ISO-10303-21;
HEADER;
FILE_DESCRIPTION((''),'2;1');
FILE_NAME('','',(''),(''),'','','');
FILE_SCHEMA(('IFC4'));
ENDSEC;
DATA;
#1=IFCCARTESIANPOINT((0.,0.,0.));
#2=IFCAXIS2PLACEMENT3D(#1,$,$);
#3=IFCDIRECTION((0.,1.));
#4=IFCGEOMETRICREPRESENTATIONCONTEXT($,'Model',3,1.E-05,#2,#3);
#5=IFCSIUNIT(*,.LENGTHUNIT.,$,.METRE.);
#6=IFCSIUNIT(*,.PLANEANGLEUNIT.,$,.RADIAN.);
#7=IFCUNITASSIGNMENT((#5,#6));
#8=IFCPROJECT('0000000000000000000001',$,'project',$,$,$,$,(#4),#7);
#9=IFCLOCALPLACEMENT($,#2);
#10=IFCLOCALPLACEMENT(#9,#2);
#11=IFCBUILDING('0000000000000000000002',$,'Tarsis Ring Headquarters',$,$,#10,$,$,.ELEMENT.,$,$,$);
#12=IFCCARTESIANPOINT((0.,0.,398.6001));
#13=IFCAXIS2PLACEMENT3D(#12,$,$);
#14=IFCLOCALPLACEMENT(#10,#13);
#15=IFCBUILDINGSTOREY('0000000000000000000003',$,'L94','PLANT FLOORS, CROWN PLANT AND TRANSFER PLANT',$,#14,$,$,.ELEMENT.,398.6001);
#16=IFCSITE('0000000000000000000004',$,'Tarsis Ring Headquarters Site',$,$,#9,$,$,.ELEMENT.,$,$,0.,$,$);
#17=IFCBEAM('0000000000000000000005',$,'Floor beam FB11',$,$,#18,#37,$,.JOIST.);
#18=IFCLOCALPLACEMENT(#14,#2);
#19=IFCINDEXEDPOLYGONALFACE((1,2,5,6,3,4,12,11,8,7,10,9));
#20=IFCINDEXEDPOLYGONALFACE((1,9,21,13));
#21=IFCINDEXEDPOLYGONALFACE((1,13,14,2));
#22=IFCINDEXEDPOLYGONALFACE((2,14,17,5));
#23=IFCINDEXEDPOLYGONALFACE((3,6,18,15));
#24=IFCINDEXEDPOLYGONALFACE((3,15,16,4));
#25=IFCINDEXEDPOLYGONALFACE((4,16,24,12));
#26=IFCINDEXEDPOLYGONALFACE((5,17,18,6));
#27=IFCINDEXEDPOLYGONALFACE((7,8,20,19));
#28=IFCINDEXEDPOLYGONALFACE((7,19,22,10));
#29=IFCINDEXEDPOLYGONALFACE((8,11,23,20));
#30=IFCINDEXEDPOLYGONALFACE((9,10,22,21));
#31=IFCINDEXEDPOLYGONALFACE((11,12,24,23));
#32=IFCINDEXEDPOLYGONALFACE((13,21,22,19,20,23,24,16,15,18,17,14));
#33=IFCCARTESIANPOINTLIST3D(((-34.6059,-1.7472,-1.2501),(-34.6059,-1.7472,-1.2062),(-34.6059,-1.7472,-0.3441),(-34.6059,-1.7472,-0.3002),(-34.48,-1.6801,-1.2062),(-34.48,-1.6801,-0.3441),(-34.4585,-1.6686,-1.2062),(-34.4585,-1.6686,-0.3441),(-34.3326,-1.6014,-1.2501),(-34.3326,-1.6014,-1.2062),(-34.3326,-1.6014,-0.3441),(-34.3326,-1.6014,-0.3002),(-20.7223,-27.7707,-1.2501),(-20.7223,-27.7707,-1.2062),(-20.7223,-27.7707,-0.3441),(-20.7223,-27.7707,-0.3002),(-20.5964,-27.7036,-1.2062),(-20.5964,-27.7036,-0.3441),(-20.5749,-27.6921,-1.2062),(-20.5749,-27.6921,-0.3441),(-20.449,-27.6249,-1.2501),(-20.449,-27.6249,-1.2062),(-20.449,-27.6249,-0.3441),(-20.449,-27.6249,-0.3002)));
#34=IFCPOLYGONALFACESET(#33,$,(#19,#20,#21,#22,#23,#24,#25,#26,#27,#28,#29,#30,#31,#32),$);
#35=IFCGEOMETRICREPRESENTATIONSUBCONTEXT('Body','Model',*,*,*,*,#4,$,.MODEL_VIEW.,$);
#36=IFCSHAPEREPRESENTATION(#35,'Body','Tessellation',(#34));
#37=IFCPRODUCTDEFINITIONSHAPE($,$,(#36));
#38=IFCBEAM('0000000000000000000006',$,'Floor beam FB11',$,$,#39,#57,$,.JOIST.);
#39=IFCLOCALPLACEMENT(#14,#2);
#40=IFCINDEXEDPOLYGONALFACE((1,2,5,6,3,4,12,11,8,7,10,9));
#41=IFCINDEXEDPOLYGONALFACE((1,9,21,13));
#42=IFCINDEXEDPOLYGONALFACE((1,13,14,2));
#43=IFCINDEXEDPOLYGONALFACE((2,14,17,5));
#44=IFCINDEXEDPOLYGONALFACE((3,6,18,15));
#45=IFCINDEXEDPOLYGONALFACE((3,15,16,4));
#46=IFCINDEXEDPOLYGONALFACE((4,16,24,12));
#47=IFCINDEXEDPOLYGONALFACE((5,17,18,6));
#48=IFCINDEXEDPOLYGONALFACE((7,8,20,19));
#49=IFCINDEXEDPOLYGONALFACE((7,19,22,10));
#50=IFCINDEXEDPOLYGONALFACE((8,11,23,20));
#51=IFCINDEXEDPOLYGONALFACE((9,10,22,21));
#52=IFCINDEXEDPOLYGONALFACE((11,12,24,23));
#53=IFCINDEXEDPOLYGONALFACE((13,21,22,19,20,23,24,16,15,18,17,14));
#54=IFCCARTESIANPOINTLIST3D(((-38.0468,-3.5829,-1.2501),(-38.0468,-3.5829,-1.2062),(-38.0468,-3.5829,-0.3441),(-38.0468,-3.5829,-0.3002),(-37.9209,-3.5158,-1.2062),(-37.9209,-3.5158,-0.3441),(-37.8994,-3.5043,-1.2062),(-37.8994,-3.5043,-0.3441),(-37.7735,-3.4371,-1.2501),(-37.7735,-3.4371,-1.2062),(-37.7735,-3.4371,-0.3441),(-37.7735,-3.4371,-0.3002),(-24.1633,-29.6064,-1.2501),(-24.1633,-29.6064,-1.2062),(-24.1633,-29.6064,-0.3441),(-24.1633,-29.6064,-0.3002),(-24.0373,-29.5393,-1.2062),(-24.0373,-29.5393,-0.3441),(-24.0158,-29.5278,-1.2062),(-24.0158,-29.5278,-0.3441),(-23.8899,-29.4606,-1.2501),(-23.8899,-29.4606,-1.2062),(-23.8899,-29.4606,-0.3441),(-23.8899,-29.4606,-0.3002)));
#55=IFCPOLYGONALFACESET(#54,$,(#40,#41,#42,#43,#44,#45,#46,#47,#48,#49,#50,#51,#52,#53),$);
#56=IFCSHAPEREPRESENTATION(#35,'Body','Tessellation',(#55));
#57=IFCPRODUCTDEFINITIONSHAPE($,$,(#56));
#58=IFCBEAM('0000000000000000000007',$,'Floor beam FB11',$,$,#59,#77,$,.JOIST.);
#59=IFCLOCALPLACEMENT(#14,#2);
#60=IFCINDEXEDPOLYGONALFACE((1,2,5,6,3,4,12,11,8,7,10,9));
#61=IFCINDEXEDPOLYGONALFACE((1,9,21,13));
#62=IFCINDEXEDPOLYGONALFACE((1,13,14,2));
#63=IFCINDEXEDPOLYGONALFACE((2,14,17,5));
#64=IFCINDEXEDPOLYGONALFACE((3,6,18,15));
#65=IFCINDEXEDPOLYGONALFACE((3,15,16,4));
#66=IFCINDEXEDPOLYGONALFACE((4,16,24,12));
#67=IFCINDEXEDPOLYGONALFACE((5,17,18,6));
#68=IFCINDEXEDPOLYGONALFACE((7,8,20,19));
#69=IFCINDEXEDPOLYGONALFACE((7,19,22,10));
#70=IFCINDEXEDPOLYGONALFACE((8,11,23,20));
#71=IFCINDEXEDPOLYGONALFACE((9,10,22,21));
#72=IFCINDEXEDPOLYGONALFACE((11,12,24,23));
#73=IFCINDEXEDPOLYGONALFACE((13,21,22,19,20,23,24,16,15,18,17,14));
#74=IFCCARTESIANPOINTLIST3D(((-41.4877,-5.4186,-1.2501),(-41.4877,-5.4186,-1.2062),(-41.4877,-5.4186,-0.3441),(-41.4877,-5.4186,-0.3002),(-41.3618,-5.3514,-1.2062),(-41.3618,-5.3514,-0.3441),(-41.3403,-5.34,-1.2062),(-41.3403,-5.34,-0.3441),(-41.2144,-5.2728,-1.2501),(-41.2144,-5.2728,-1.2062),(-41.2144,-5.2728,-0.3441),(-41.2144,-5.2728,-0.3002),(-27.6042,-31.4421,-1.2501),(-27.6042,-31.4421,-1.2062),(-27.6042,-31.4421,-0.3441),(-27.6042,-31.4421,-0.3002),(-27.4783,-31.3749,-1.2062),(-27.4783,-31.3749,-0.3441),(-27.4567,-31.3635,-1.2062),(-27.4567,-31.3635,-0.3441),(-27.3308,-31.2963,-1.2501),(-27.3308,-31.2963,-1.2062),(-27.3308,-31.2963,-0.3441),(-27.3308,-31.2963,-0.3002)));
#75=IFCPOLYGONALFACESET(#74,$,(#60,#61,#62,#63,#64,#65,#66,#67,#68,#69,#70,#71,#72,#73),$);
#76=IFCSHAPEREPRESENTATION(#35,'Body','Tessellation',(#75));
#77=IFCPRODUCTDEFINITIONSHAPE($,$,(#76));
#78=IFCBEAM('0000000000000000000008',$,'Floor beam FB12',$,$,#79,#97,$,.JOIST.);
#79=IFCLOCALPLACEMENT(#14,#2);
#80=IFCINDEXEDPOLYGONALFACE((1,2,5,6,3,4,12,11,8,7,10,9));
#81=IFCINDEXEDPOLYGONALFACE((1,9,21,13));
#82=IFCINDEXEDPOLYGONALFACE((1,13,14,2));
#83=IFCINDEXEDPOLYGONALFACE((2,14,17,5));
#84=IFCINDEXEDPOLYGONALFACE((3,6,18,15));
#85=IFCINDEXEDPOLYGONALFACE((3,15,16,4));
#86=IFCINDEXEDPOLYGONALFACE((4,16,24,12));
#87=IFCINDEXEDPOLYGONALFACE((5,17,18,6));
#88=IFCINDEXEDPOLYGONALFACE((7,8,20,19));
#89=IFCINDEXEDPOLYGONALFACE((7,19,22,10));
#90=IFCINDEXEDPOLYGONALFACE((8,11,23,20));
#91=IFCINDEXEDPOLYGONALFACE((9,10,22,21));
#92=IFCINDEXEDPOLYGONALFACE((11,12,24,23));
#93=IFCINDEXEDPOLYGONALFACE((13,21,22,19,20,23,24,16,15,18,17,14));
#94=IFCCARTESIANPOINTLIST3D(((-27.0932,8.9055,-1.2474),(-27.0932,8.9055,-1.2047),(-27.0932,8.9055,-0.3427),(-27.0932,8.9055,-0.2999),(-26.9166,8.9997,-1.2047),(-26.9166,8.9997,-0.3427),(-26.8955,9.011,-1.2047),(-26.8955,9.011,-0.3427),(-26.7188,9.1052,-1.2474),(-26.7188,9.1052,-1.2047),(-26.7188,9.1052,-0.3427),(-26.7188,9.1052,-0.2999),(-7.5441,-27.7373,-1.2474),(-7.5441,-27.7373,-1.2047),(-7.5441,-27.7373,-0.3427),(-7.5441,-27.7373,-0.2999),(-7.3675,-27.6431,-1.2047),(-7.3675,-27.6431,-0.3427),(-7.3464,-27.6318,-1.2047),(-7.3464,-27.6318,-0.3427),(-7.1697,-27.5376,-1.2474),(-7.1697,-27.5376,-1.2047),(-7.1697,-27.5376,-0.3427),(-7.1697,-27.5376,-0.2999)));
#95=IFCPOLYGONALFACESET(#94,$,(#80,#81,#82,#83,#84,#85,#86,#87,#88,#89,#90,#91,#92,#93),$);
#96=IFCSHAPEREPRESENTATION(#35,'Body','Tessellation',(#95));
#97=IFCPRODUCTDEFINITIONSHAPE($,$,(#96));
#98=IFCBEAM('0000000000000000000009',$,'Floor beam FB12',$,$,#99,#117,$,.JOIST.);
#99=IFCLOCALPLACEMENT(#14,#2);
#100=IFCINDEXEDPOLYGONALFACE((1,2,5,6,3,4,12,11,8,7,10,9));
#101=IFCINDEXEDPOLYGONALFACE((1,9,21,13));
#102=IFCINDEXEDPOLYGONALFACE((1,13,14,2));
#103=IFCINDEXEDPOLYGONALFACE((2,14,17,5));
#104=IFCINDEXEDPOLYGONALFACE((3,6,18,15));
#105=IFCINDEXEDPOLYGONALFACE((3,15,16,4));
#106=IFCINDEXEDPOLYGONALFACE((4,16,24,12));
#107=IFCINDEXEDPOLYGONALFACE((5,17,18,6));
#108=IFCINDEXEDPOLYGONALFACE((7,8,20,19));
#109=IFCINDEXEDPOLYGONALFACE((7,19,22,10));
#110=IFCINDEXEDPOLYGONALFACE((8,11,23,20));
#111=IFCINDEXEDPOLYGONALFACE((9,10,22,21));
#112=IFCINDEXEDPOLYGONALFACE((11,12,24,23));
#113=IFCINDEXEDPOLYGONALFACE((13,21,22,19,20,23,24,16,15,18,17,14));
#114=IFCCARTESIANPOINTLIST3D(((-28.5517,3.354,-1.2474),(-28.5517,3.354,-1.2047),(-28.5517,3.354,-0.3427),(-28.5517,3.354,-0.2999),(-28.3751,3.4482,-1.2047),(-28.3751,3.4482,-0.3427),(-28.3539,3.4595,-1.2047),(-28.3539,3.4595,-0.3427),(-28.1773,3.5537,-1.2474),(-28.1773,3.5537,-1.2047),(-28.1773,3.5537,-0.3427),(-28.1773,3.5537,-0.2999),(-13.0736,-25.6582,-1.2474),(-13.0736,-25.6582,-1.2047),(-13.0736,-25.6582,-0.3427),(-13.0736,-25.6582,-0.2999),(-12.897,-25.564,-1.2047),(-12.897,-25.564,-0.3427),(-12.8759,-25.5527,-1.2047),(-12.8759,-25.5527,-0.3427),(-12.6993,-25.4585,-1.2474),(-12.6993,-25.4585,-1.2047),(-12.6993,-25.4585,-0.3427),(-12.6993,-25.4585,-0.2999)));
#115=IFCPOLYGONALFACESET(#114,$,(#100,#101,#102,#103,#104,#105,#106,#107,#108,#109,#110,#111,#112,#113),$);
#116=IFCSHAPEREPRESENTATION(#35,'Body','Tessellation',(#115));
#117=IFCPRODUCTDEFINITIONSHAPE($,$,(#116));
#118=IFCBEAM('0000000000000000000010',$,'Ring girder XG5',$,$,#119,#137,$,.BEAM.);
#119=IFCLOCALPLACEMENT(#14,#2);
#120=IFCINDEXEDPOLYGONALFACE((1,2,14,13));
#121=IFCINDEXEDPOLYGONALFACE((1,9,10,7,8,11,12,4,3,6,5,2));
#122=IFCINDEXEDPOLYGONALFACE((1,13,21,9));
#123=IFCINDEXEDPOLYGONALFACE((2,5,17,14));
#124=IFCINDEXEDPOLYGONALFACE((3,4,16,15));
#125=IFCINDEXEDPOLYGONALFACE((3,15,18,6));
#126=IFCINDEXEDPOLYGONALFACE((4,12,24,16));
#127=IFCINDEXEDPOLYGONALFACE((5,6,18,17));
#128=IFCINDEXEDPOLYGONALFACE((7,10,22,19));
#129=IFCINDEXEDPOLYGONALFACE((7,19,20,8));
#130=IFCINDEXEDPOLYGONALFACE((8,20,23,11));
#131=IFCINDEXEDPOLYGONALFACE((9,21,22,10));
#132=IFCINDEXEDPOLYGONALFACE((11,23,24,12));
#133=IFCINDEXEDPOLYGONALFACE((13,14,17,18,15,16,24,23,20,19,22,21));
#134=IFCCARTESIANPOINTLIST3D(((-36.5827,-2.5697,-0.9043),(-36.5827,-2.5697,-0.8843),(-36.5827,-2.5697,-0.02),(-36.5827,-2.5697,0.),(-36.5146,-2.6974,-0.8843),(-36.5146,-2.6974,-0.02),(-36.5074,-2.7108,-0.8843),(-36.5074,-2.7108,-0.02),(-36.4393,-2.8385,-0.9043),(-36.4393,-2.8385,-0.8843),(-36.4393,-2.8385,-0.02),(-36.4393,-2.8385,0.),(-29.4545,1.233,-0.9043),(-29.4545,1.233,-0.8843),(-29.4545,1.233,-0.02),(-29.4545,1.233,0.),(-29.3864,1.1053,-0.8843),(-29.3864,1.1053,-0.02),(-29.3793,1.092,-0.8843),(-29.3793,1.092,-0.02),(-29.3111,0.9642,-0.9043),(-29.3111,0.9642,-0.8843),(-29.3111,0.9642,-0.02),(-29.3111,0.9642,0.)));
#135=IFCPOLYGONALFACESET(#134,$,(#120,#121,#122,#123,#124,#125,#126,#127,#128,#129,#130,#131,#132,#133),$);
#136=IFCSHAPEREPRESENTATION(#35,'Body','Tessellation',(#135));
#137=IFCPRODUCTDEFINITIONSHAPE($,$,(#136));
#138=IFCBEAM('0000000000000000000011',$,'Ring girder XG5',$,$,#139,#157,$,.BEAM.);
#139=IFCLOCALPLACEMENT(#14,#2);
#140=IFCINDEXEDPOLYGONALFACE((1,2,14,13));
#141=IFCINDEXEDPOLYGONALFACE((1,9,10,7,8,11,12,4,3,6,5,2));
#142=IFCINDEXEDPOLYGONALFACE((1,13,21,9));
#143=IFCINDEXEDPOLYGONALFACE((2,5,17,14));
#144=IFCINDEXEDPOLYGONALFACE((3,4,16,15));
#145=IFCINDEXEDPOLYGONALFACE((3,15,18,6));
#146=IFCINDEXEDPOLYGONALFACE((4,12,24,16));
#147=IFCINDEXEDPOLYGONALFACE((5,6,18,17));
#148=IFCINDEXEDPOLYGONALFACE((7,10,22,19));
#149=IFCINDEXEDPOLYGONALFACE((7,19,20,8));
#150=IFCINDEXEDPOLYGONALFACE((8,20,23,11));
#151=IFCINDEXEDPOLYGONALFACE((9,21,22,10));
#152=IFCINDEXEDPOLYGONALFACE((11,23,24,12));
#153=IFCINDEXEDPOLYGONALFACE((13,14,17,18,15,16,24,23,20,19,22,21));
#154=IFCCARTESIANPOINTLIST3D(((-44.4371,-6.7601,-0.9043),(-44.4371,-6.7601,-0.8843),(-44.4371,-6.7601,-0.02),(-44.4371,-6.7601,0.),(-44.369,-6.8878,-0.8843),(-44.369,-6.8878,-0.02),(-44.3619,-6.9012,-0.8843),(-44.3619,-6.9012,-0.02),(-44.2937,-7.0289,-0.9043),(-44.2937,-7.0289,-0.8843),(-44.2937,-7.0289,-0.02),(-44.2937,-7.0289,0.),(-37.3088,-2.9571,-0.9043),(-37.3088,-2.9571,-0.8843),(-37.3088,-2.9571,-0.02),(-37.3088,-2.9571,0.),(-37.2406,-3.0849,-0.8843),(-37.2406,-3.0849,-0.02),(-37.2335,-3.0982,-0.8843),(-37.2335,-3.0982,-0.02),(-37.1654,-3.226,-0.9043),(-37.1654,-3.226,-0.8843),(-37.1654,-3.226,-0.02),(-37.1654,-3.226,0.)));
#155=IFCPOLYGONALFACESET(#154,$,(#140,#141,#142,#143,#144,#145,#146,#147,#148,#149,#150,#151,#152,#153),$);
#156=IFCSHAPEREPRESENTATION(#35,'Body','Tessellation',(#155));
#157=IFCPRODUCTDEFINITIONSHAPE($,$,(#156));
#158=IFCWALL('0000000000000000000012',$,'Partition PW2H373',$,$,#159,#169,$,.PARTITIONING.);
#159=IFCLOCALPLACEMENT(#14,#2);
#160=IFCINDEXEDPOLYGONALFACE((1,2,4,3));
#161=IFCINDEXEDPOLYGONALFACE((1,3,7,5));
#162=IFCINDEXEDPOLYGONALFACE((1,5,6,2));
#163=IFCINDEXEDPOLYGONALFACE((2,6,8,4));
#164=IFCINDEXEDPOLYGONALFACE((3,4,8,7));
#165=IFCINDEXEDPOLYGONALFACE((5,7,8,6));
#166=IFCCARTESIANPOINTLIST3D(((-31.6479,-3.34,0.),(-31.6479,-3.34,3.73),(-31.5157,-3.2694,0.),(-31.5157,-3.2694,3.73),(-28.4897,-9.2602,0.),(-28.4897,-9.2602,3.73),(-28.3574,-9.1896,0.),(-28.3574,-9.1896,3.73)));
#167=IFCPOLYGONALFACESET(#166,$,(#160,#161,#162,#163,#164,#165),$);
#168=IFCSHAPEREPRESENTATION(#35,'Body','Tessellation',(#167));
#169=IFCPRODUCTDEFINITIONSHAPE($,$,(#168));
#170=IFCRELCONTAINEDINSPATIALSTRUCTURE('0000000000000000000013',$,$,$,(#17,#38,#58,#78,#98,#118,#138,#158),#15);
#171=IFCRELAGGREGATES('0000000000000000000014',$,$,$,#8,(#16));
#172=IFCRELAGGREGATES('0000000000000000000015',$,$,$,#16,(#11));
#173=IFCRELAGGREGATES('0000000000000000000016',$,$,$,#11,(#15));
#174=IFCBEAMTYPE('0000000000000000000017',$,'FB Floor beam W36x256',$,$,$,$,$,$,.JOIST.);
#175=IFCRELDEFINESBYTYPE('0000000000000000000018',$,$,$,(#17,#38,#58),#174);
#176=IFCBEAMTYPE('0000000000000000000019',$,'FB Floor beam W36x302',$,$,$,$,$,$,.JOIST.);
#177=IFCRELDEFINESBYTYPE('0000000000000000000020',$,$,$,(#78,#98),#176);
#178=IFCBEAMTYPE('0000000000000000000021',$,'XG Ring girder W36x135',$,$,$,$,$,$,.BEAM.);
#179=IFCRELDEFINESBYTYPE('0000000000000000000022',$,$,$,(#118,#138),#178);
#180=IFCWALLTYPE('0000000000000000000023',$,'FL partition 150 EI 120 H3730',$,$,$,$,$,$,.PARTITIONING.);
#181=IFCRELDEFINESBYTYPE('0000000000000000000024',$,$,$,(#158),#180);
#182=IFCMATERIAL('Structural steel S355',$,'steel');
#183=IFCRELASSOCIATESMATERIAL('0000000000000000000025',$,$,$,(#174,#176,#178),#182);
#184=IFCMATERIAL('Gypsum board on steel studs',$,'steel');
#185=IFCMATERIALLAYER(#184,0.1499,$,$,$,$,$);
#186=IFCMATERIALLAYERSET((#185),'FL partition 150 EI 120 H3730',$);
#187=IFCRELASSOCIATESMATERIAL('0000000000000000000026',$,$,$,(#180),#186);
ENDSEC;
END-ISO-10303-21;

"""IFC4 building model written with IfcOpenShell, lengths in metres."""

from ifc_helpers import new_model, si_unit, direction, frame, frame_2d, origin, origin_2d, place, context, subcontext, project, spatial, rectangle, i_section, extrude, material, layer, layer_set, material_profile, profile_set, type_object, element, save


model = new_model("IFC4")

# Units and contexts
model_context = context("Model", 3, precision=1e-05, world=origin(), true_north=direction((0.0, 1.0)))
body_context = subcontext(model_context, "Body", "Model", "MODEL_VIEW")
ifc_project = project(units=[si_unit("LENGTHUNIT", "METRE"), si_unit("PLANEANGLEUNIT", "RADIAN")], contexts=[model_context])

# Site, building, storey
site_placement = place(None, origin())
site = spatial("IfcSite", under=ifc_project, at=site_placement, Name="Tarsis Ring Headquarters Site", CompositionType="ELEMENT", RefElevation=0.0)
building_placement = place(site_placement, origin())
building = spatial("IfcBuilding", under=site, at=building_placement, Name="Tarsis Ring Headquarters", CompositionType="ELEMENT")
storey_placement = place(building_placement, frame((0.0, 0.0, 398.6001)))
storey = spatial("IfcBuildingStorey", under=building, at=storey_placement, Name="L94", Description="PLANT FLOORS, CROWN PLANT AND TRANSFER PLANT", CompositionType="ELEMENT", Elevation=398.6001)

# Shared definitions
ifc_material_1 = material(Name="Structural steel S355", Category="steel")

# Beams
ifc_material_profile_1 = material_profile(ifc_material_1, i_section(OverallWidth=0.3098, OverallDepth=0.95, WebThickness=0.0244, FlangeThickness=0.0439, at=origin_2d()), Name="W36x256")
ifc_profile_set_1 = profile_set([ifc_material_profile_1], Name="Structural steel S355")
beam_type_1 = type_object("IfcBeamType", Name="FB Floor beam W36x256", PredefinedType="JOIST", material=ifc_profile_set_1)
for number, where, z_axis, x_axis, name in (
    (1, (-34.4692, -1.6743, -0.7751), (0.470704, -0.882291, 0.0), (0.882291, 0.470704, 0.0), "Floor beam FB11"),
    (2, (-37.9102, -3.51, -0.7751), (0.470704, -0.882291, 0.0), (0.882291, 0.470704, 0.0), "Floor beam FB11"),
    (3, (-41.3511, -5.3457, -0.7751), (0.470704, -0.882291, 0.0), (0.882291, 0.470704, 0.0), "Floor beam FB11"),
):
    element("IfcBeam", number, at=place(storey_placement, frame(where, z_axis=z_axis, x_axis=x_axis)), inside=storey, type_object=beam_type_1, Name=name, PredefinedType="JOIST", context=body_context, shape_type="SweptSolid", body=[
        extrude(i_section(OverallWidth=0.3098, OverallDepth=0.95, WebThickness=0.0244, FlangeThickness=0.0439, at=origin_2d()), origin(), (0.0, 0.0, 1.0), 29.4954),
    ])
ifc_material_profile_2 = material_profile(ifc_material_1, i_section(OverallWidth=0.4243, OverallDepth=0.9475, WebThickness=0.0239, FlangeThickness=0.0427, at=origin_2d()), Name="W36x302")
ifc_profile_set_2 = profile_set([ifc_material_profile_2], Name="Structural steel S355")
beam_type_2 = type_object("IfcBeamType", Name="FB Floor beam W36x302", PredefinedType="JOIST", material=ifc_profile_set_2)
beam_1_placement = place(storey_placement, frame((-26.906, 9.0054, -0.7737), z_axis=(0.470705, -0.882291, 0.0), x_axis=(0.882291, 0.470705, 0.0)))
element("IfcBeam", 4, at=beam_1_placement, inside=storey, type_object=beam_type_2, Name="Floor beam FB12", PredefinedType="JOIST", context=body_context, shape_type="SweptSolid", body=[
    extrude(i_section(OverallWidth=0.4243, OverallDepth=0.9475, WebThickness=0.0239, FlangeThickness=0.0427, at=origin_2d()), origin(), (0.0, 0.0, 1.0), 41.5315),
])
beam_2_placement = place(storey_placement, frame((-28.3645, 3.4539, -0.7737), z_axis=(0.470703, -0.882292, 0.0), x_axis=(0.882292, 0.470703, 0.0)))
element("IfcBeam", 5, at=beam_2_placement, inside=storey, type_object=beam_type_2, Name="Floor beam FB12", PredefinedType="JOIST", context=body_context, shape_type="SweptSolid", body=[
    extrude(i_section(OverallWidth=0.4243, OverallDepth=0.9475, WebThickness=0.0239, FlangeThickness=0.0427, at=origin_2d()), origin(), (0.0, 0.0, 1.0), 32.8828),
])
ifc_material_profile_3 = material_profile(ifc_material_1, i_section(OverallWidth=0.3047, OverallDepth=0.9043, WebThickness=0.0151, FlangeThickness=0.02, at=origin_2d()), Name="W36x135")
ifc_profile_set_3 = profile_set([ifc_material_profile_3], Name="Structural steel S355")
beam_type_3 = type_object("IfcBeamType", Name="XG Ring girder W36x135", PredefinedType="BEAM", material=ifc_profile_set_3)
beam_3_placement = place(storey_placement, frame((-29.3828, 1.0986, -0.4521), z_axis=(-0.882299, -0.470689, 0.0), x_axis=(0.470689, -0.882299, 0.0)))
element("IfcBeam", 6, at=beam_3_placement, inside=storey, type_object=beam_type_3, Name="Ring girder XG5", PredefinedType="BEAM", context=body_context, shape_type="SweptSolid", body=[
    extrude(i_section(OverallWidth=0.3047, OverallDepth=0.9043, WebThickness=0.0151, FlangeThickness=0.02, at=origin_2d()), origin(), (0.0, 0.0, 1.0), 8.0791),
])
beam_4_placement = place(storey_placement, frame((-37.2371, -3.0916, -0.4521), z_axis=(-0.882294, -0.4707, 0.0), x_axis=(0.4707, -0.882294, 0.0)))
element("IfcBeam", 7, at=beam_4_placement, inside=storey, type_object=beam_type_3, Name="Ring girder XG5", PredefinedType="BEAM", context=body_context, shape_type="SweptSolid", body=[
    extrude(i_section(OverallWidth=0.3047, OverallDepth=0.9043, WebThickness=0.0151, FlangeThickness=0.02, at=origin_2d()), origin(), (0.0, 0.0, 1.0), 8.0793),
])

# Wall
ifc_material_2 = material(Name="Gypsum board on steel studs", Category="steel")
ifc_layer_1 = layer(ifc_material_2, 0.1499)
ifc_layer_set_1 = layer_set([ifc_layer_1], Name="FL partition 150 EI 120 H3730")
wall_type_1 = type_object("IfcWallType", Name="FL partition 150 EI 120 H3730", PredefinedType="PARTITIONING", material=ifc_layer_set_1)
wall_1_placement = place(storey_placement, frame((-31.5818, -3.3047, 0.0), z_axis=(0.0, 0.0, 1.0), x_axis=(0.470679, -0.882305, 0.0)))
element("IfcWall", 8, at=wall_1_placement, inside=storey, type_object=wall_type_1, Name="Partition PW2H373", PredefinedType="PARTITIONING", context=body_context, shape_type="SweptSolid", body=[
    extrude(rectangle(XDim=6.71, YDim=0.1499, at=frame_2d((3.355, 0.0))), origin(), (0.0, 0.0, 1.0), 3.73),
])

save(model, "model.ifc")
